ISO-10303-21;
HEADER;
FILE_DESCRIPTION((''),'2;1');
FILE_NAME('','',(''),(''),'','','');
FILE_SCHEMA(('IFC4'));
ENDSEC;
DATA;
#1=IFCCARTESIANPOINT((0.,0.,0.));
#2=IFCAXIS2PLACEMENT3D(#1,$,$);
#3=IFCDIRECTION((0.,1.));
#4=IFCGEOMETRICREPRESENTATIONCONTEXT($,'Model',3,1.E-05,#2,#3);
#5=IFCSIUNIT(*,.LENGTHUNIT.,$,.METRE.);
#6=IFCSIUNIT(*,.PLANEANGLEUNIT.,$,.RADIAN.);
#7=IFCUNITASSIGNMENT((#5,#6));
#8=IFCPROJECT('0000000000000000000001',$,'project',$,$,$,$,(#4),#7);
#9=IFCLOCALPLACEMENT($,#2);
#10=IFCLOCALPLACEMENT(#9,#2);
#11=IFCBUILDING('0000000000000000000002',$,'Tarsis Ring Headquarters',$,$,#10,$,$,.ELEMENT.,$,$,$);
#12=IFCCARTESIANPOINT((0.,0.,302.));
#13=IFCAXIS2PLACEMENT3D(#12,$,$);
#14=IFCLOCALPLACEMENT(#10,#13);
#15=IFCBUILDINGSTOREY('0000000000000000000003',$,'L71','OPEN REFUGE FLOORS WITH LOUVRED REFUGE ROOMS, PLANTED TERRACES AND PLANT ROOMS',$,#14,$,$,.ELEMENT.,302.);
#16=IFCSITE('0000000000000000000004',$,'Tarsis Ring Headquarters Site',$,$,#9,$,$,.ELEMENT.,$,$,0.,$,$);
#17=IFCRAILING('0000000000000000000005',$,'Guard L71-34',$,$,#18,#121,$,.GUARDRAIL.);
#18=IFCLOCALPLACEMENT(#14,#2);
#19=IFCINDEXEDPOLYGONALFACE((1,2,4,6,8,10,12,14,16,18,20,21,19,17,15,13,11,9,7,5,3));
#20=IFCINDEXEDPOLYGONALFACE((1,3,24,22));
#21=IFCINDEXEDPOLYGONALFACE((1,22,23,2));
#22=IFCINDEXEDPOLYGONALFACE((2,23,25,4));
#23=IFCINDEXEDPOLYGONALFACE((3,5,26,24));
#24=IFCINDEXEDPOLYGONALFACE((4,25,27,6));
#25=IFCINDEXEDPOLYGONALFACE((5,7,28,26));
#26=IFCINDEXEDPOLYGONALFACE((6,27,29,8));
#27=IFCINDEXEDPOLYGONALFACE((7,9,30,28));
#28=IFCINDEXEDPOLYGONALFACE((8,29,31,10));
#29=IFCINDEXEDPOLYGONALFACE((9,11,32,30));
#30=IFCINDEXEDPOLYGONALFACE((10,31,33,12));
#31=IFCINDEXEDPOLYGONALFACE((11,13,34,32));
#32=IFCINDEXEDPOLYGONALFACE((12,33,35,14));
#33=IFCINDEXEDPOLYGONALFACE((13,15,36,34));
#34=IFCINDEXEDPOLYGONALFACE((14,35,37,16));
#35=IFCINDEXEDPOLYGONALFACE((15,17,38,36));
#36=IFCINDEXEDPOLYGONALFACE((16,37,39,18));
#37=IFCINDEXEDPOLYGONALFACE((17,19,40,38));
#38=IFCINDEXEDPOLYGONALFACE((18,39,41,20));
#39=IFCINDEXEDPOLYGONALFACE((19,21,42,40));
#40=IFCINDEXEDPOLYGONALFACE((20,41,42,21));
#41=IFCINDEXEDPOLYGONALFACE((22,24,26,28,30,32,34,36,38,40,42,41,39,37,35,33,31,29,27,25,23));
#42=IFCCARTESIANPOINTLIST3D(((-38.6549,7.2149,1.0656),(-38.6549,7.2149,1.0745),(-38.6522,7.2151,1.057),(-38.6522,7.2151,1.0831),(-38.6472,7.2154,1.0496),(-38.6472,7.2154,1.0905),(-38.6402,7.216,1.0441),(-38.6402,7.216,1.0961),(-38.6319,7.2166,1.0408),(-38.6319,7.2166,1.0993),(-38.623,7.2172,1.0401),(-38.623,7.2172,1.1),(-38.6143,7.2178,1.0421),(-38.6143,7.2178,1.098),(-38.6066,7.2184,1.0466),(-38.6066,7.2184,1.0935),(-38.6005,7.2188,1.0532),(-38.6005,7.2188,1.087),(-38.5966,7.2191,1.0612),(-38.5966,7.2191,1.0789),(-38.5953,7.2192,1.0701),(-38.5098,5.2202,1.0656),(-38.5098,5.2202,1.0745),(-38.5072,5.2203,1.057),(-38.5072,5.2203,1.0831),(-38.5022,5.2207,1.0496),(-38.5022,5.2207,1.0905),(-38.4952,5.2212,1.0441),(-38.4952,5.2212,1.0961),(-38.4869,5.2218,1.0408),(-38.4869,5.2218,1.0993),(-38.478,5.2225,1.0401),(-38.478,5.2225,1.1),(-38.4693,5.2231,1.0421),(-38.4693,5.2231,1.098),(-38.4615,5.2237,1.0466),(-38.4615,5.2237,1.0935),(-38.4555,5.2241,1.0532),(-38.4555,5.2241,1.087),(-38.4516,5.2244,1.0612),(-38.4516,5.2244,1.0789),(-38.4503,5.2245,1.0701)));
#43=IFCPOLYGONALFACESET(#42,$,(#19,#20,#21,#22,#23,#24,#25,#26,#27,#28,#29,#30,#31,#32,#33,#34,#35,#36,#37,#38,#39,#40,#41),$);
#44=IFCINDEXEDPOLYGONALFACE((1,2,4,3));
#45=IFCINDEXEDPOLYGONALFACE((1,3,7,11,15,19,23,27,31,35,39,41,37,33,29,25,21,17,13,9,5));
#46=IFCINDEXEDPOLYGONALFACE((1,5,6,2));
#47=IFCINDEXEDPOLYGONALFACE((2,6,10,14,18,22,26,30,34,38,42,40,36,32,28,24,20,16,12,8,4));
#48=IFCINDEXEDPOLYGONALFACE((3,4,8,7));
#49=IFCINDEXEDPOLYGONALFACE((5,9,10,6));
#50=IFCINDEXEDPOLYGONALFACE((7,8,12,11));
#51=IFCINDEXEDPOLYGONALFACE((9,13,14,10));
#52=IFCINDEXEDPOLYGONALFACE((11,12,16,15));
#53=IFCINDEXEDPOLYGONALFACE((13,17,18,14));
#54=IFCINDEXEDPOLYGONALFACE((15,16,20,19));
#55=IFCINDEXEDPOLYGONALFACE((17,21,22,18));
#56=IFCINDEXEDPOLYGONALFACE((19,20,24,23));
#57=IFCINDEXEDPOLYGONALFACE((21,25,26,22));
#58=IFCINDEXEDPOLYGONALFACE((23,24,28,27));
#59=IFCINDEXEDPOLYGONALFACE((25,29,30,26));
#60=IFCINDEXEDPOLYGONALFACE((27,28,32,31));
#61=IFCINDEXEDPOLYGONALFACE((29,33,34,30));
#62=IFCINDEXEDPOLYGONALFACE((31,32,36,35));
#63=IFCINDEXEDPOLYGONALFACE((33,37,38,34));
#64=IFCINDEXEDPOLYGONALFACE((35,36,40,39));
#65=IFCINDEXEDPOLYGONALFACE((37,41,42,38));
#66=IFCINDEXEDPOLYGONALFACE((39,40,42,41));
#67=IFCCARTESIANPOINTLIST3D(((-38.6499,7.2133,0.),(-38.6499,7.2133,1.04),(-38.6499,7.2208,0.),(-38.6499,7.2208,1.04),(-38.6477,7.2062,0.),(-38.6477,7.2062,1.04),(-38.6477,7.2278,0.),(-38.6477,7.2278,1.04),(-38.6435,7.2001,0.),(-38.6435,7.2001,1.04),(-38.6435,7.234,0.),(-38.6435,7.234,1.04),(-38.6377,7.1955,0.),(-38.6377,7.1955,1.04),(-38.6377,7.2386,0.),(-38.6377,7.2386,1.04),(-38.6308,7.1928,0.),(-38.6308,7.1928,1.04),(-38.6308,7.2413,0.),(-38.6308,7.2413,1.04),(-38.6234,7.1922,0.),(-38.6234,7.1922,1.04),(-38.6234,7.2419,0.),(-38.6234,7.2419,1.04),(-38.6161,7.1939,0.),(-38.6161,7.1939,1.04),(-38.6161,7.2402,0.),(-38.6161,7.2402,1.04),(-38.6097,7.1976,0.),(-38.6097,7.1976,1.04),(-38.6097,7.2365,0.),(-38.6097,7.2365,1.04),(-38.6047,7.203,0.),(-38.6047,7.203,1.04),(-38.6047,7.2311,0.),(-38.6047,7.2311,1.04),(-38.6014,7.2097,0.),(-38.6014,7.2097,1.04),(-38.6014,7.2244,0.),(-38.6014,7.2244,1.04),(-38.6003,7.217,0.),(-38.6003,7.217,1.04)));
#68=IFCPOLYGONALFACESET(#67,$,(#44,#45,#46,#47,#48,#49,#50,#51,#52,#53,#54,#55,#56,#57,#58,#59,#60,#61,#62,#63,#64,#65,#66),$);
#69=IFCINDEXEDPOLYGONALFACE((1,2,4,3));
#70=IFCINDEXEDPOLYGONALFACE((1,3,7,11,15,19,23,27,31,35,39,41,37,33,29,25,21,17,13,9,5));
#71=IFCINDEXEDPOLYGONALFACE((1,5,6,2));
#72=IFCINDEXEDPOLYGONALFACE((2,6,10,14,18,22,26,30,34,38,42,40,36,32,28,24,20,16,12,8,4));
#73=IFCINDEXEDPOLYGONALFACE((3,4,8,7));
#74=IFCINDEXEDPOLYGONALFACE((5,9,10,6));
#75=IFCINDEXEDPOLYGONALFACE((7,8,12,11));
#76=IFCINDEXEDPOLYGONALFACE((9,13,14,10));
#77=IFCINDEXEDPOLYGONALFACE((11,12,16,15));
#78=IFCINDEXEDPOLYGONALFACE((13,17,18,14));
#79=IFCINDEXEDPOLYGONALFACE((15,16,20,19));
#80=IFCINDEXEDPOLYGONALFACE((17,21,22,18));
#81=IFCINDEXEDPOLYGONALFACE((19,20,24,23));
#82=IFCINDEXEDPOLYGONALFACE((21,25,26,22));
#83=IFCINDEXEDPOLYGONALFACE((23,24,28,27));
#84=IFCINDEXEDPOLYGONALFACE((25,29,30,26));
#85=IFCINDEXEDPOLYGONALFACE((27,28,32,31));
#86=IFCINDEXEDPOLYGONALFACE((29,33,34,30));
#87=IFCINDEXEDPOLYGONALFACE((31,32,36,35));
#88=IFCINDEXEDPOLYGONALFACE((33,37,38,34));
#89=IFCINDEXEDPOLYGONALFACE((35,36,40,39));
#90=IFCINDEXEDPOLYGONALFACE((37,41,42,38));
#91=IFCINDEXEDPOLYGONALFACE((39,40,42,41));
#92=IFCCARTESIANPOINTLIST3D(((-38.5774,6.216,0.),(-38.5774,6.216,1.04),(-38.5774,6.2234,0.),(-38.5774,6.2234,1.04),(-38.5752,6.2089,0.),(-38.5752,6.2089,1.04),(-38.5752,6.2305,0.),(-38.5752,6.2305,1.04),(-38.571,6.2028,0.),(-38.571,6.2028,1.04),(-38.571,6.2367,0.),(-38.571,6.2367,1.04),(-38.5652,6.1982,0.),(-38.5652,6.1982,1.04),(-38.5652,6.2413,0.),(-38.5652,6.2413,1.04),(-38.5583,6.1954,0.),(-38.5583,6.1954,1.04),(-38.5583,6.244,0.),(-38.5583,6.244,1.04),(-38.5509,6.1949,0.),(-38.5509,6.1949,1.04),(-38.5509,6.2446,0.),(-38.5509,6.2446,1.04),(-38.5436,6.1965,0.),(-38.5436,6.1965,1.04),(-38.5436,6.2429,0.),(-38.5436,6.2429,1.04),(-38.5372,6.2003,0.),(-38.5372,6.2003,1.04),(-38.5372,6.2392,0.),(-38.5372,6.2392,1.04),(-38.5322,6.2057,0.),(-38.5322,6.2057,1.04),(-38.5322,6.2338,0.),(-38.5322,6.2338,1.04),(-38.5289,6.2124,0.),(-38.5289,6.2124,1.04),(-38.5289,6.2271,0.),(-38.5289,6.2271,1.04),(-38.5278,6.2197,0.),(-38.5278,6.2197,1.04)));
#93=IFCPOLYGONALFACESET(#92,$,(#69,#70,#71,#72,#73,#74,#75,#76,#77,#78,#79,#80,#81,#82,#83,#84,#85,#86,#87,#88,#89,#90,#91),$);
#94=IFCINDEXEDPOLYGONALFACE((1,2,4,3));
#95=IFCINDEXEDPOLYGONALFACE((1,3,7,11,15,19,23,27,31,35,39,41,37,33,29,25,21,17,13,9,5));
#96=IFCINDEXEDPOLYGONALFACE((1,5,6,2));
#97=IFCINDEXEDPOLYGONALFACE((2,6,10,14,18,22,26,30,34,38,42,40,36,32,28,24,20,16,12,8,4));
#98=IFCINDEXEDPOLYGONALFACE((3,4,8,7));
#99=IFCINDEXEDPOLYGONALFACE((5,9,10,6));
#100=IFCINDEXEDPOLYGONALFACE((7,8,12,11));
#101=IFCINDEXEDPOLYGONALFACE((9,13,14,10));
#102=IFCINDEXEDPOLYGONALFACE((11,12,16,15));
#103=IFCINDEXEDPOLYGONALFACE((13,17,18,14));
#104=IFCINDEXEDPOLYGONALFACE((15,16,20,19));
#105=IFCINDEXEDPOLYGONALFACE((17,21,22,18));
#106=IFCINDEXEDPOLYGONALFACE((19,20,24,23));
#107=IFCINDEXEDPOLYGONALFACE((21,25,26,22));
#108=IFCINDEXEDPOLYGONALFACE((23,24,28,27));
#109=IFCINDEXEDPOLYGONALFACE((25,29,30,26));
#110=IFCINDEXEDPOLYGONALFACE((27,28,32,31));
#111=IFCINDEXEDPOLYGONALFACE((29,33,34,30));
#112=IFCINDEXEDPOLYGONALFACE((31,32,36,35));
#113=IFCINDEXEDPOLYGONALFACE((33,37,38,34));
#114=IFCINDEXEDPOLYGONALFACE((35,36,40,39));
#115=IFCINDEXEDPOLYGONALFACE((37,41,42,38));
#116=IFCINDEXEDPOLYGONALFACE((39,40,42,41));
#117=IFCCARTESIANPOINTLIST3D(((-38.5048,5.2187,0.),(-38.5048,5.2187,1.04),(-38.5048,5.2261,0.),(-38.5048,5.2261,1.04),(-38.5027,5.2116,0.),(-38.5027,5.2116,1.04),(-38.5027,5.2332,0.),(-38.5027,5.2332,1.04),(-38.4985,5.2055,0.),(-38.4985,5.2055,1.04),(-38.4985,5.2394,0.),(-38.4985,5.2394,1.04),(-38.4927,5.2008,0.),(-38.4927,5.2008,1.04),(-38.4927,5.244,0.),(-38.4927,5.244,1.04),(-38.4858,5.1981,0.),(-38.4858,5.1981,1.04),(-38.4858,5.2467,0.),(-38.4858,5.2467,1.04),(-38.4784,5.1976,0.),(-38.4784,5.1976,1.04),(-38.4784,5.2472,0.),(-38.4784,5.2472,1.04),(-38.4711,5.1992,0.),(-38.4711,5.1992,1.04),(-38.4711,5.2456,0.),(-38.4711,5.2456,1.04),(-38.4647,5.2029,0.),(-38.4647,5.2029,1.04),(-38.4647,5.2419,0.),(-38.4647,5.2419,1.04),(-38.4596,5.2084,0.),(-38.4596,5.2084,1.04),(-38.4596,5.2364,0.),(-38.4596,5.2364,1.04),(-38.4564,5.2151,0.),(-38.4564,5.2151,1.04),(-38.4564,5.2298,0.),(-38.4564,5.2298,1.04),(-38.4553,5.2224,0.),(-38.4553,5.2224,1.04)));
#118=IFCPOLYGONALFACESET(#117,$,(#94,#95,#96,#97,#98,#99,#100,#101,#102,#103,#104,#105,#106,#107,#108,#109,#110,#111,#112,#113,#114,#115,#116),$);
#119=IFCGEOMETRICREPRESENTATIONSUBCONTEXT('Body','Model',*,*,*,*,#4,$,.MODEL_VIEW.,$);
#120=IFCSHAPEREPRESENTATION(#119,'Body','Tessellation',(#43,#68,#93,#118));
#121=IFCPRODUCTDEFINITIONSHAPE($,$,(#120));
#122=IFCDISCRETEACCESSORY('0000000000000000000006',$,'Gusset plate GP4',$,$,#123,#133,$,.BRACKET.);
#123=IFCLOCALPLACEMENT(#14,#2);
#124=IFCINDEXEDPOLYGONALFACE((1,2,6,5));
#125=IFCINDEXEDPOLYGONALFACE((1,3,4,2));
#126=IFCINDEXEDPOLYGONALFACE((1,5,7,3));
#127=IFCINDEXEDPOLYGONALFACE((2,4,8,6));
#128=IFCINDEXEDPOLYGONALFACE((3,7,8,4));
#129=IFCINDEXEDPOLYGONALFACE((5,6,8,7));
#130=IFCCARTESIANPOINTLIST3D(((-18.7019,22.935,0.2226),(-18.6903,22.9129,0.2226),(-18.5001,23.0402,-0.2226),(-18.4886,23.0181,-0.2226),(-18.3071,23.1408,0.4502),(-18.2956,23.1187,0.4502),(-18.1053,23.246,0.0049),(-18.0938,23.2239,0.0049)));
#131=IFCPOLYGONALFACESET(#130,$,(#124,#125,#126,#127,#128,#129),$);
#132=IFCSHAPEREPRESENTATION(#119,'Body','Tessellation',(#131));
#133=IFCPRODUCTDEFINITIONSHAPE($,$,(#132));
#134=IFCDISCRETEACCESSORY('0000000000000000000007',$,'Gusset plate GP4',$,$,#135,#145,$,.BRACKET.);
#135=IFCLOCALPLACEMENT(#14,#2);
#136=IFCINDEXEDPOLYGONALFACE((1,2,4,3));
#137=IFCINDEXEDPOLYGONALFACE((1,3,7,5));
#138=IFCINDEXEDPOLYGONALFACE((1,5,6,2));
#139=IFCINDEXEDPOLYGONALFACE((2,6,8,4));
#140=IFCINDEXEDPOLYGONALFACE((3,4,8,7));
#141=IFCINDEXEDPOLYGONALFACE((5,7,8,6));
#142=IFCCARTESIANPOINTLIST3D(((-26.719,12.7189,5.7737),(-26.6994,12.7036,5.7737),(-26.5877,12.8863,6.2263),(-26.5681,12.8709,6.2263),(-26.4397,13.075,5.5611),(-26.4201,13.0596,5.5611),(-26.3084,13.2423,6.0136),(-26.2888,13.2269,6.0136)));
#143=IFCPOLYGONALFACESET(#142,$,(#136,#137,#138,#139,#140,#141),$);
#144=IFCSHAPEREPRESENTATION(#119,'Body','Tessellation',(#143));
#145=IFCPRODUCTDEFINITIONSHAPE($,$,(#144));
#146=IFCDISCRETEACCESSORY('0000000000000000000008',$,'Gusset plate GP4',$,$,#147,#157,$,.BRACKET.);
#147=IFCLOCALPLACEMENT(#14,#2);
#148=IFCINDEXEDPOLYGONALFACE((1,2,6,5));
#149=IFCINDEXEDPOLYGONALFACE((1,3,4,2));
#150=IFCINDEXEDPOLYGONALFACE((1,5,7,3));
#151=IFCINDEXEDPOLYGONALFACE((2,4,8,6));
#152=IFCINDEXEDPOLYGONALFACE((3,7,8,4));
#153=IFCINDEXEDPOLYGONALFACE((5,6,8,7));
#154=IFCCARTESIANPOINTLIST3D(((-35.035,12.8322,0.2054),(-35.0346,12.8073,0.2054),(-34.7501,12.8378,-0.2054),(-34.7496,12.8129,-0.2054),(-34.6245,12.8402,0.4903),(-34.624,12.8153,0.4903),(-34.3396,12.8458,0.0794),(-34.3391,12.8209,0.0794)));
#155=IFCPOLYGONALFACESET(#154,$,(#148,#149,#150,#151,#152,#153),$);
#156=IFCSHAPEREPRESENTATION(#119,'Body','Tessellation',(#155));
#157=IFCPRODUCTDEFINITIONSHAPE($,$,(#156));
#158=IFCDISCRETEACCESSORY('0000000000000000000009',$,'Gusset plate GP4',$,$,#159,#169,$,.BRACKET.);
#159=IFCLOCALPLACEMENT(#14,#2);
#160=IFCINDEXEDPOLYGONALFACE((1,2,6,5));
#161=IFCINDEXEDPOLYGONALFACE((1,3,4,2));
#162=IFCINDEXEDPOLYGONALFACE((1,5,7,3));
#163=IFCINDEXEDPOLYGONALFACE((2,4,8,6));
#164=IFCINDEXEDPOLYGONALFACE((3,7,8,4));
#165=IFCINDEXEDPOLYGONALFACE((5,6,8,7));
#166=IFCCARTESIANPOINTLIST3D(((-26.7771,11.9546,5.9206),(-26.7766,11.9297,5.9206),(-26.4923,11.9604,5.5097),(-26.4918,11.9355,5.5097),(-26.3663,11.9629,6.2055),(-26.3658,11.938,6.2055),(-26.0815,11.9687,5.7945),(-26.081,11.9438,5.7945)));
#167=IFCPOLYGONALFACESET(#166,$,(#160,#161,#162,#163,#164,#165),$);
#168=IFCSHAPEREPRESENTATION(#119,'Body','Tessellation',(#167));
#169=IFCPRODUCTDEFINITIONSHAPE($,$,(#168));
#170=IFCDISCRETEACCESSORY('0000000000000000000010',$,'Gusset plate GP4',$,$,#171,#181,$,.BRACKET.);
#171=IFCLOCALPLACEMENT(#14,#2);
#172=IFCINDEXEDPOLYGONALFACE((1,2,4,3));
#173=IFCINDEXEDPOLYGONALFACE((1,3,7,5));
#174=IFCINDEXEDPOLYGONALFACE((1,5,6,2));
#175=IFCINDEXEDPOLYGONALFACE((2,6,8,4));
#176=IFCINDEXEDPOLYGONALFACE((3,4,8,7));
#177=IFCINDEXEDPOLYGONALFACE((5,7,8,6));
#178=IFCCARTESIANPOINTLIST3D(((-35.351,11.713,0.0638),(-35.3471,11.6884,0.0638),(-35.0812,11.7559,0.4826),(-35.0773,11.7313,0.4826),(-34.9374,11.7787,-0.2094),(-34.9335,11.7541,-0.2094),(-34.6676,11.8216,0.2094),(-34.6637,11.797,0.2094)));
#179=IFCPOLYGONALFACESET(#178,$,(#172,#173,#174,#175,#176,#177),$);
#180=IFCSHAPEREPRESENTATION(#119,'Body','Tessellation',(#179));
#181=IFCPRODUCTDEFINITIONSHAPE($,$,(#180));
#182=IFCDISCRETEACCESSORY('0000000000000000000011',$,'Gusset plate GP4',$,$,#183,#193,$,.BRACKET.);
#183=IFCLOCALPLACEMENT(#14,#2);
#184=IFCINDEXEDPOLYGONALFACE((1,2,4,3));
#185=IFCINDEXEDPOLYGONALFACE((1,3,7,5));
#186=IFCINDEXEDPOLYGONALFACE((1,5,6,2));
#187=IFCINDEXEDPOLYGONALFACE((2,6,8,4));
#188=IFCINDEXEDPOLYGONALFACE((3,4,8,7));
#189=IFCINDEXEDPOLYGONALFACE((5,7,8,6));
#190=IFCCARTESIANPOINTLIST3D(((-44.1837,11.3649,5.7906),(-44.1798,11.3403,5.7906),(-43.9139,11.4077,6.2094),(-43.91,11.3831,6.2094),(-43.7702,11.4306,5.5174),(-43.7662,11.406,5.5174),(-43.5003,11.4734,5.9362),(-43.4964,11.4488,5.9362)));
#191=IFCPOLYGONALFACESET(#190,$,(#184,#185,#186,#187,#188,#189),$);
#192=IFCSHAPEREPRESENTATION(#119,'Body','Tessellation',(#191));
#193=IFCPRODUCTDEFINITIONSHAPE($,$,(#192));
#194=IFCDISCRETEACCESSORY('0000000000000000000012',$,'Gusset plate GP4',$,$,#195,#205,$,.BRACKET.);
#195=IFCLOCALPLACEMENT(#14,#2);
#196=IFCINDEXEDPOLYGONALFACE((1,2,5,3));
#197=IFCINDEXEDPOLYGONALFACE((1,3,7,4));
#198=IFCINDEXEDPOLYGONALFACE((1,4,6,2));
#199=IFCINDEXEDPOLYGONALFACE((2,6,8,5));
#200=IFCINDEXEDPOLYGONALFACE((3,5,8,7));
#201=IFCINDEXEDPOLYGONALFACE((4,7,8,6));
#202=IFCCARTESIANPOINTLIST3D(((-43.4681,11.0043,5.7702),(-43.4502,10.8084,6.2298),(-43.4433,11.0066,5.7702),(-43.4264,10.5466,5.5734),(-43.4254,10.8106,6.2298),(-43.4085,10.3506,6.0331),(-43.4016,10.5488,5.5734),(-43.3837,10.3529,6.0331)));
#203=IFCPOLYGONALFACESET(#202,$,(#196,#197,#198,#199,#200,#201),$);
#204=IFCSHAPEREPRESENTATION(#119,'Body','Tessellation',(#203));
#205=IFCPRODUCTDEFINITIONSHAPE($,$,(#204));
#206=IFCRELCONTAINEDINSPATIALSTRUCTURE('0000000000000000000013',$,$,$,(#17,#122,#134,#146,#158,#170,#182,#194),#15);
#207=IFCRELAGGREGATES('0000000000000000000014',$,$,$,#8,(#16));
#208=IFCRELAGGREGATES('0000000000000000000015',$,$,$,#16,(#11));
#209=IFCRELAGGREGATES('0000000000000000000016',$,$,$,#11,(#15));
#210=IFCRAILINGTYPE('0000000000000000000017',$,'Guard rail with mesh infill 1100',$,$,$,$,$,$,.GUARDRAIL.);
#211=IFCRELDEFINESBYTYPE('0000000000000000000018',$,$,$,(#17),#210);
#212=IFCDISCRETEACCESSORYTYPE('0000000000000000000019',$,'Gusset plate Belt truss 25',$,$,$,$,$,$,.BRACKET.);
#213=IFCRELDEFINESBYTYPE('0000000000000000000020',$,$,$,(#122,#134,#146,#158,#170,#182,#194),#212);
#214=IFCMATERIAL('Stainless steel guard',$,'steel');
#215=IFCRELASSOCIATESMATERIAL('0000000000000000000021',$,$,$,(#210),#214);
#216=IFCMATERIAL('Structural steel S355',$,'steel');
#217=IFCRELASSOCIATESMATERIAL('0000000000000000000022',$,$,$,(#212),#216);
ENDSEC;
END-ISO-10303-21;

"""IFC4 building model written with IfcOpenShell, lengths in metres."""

from ifc_helpers import new_model, si_unit, direction, frame, origin, origin_2d, place, context, subcontext, project, spatial, rectangle, circle, extrude, material, material_profile, profile_set, type_object, element, save


model = new_model("IFC4")

# Units and contexts
model_context = context("Model", 3, precision=1e-05, world=origin(), true_north=direction((0.0, 1.0)))
body_context = subcontext(model_context, "Body", "Model", "MODEL_VIEW")
ifc_project = project(units=[si_unit("LENGTHUNIT", "METRE"), si_unit("PLANEANGLEUNIT", "RADIAN")], contexts=[model_context])

# Site, building, storey
site_placement = place(None, origin())
site = spatial("IfcSite", under=ifc_project, at=site_placement, Name="Tarsis Ring Headquarters Site", CompositionType="ELEMENT", RefElevation=0.0)
building_placement = place(site_placement, origin())
building = spatial("IfcBuilding", under=site, at=building_placement, Name="Tarsis Ring Headquarters", CompositionType="ELEMENT")
storey_placement = place(building_placement, frame((0.0, 0.0, 302.0)))
storey = spatial("IfcBuildingStorey", under=building, at=storey_placement, Name="L71", Description="OPEN REFUGE FLOORS WITH LOUVRED REFUGE ROOMS, PLANTED TERRACES AND PLANT ROOMS", CompositionType="ELEMENT", Elevation=302.0)

# Shared definitions
ifc_material_1 = material(Name="Structural steel S355", Category="steel")

# Railing
ifc_material_2 = material(Name="Stainless steel guard", Category="steel")
railing_type_1 = type_object("IfcRailingType", Name="Guard rail with mesh infill 1100", PredefinedType="GUARDRAIL", material=ifc_material_2)
railing_1_placement = place(storey_placement, frame((-38.6252, 7.217, 0.0)))
element("IfcRailing", 1, at=railing_1_placement, inside=storey, type_object=railing_type_1, Name="Guard L71-34", PredefinedType="GUARDRAIL", context=body_context, shape_type="SweptSolid", body=[
    extrude(circle(Radius=0.03, at=origin_2d()), frame((0.0, 0.0, 1.0701), z_axis=(0.072514, -0.997367, 0.0), x_axis=(0.997367, 0.072514, 0.0)), (0.0, 0.0, 1.0), 2.0),
    extrude(circle(Radius=0.0249, at=origin_2d()), origin(), (0.0, 0.0, 1.0), 1.04),
    extrude(circle(Radius=0.0249, at=origin_2d()), frame((0.0725, -0.9973, 0.0)), (0.0, 0.0, 1.0), 1.04),
    extrude(circle(Radius=0.0249, at=origin_2d()), frame((0.145, -1.9946, 0.0)), (0.0, 0.0, 1.0), 1.04),
])

# Discrete accessories
ifc_material_profile_1 = material_profile(ifc_material_1, rectangle(XDim=0.0249, YDim=0.5, at=origin_2d()), Name="PL 25x500")
ifc_profile_set_1 = profile_set([ifc_material_profile_1], Name="Structural steel S355")
discrete_accessory_type = type_object("IfcDiscreteAccessoryType", Name="Gusset plate Belt truss 25", PredefinedType="BRACKET", material=ifc_profile_set_1)
for number, where, z_axis, x_axis, name in (
    (2, (-18.5952, 22.9766, 0.0), (0.789583, 0.411638, 0.455097), (-0.462285, 0.886731, 0.0), "Gusset plate GP4"),
    (3, (-26.6436, 12.7949, 6.0), (0.558671, 0.712013, -0.425352), (-0.78673, 0.617297, 0.0), "Gusset plate GP4"),
):
    element("IfcDiscreteAccessory", number, at=place(storey_placement, frame(where, z_axis=z_axis, x_axis=x_axis)), inside=storey, type_object=discrete_accessory_type, Name=name, PredefinedType="BRACKET", context=body_context, shape_type="SweptSolid", body=[
        extrude(rectangle(XDim=0.0249, YDim=0.5, at=origin_2d()), origin(), (0.0, 0.0, 1.0), 0.5),
    ])
discrete_accessory_placement = place(storey_placement, frame((-34.8923, 12.8225, 0.0), z_axis=(0.821505, 0.016118, 0.569974), x_axis=(-0.019616, 0.999808, 0.0)))
element("IfcDiscreteAccessory", 4, at=discrete_accessory_placement, inside=storey, type_object=discrete_accessory_type, Name="Gusset plate GP4", PredefinedType="BRACKET", context=body_context, shape_type="SweptSolid", body=[
    extrude(rectangle(XDim=0.0249, YDim=0.5, at=origin_2d()), origin(), (0.0, 0.0, 1.0), 0.4998),
])
for number, where, z_axis, x_axis, name in (
    (5, (-26.2236, 11.9534, 6.0), (-0.821657, -0.016599, -0.569741), (0.020198, -0.999796, 0.0), "Gusset plate GP4"),
    (6, (-34.8005, 11.7878, 0.0), (-0.827163, -0.13135, 0.546396), (0.156831, -0.987625, 0.0), "Gusset plate GP4"),
    (7, (-44.0469, 11.374, 6.0), (0.827163, 0.13135, -0.546396), (-0.156831, 0.987625, 0.0), "Gusset plate GP4"),
    (8, (-43.4468, 10.9075, 6.0), (0.083494, -0.915506, -0.393545), (0.995867, 0.090823, 0.0), "Gusset plate GP4"),
):
    element("IfcDiscreteAccessory", number, at=place(storey_placement, frame(where, z_axis=z_axis, x_axis=x_axis)), inside=storey, type_object=discrete_accessory_type, Name=name, PredefinedType="BRACKET", context=body_context, shape_type="SweptSolid", body=[
        extrude(rectangle(XDim=0.0249, YDim=0.5, at=origin_2d()), origin(), (0.0, 0.0, 1.0), 0.5),
    ])

save(model, "model.ifc")
